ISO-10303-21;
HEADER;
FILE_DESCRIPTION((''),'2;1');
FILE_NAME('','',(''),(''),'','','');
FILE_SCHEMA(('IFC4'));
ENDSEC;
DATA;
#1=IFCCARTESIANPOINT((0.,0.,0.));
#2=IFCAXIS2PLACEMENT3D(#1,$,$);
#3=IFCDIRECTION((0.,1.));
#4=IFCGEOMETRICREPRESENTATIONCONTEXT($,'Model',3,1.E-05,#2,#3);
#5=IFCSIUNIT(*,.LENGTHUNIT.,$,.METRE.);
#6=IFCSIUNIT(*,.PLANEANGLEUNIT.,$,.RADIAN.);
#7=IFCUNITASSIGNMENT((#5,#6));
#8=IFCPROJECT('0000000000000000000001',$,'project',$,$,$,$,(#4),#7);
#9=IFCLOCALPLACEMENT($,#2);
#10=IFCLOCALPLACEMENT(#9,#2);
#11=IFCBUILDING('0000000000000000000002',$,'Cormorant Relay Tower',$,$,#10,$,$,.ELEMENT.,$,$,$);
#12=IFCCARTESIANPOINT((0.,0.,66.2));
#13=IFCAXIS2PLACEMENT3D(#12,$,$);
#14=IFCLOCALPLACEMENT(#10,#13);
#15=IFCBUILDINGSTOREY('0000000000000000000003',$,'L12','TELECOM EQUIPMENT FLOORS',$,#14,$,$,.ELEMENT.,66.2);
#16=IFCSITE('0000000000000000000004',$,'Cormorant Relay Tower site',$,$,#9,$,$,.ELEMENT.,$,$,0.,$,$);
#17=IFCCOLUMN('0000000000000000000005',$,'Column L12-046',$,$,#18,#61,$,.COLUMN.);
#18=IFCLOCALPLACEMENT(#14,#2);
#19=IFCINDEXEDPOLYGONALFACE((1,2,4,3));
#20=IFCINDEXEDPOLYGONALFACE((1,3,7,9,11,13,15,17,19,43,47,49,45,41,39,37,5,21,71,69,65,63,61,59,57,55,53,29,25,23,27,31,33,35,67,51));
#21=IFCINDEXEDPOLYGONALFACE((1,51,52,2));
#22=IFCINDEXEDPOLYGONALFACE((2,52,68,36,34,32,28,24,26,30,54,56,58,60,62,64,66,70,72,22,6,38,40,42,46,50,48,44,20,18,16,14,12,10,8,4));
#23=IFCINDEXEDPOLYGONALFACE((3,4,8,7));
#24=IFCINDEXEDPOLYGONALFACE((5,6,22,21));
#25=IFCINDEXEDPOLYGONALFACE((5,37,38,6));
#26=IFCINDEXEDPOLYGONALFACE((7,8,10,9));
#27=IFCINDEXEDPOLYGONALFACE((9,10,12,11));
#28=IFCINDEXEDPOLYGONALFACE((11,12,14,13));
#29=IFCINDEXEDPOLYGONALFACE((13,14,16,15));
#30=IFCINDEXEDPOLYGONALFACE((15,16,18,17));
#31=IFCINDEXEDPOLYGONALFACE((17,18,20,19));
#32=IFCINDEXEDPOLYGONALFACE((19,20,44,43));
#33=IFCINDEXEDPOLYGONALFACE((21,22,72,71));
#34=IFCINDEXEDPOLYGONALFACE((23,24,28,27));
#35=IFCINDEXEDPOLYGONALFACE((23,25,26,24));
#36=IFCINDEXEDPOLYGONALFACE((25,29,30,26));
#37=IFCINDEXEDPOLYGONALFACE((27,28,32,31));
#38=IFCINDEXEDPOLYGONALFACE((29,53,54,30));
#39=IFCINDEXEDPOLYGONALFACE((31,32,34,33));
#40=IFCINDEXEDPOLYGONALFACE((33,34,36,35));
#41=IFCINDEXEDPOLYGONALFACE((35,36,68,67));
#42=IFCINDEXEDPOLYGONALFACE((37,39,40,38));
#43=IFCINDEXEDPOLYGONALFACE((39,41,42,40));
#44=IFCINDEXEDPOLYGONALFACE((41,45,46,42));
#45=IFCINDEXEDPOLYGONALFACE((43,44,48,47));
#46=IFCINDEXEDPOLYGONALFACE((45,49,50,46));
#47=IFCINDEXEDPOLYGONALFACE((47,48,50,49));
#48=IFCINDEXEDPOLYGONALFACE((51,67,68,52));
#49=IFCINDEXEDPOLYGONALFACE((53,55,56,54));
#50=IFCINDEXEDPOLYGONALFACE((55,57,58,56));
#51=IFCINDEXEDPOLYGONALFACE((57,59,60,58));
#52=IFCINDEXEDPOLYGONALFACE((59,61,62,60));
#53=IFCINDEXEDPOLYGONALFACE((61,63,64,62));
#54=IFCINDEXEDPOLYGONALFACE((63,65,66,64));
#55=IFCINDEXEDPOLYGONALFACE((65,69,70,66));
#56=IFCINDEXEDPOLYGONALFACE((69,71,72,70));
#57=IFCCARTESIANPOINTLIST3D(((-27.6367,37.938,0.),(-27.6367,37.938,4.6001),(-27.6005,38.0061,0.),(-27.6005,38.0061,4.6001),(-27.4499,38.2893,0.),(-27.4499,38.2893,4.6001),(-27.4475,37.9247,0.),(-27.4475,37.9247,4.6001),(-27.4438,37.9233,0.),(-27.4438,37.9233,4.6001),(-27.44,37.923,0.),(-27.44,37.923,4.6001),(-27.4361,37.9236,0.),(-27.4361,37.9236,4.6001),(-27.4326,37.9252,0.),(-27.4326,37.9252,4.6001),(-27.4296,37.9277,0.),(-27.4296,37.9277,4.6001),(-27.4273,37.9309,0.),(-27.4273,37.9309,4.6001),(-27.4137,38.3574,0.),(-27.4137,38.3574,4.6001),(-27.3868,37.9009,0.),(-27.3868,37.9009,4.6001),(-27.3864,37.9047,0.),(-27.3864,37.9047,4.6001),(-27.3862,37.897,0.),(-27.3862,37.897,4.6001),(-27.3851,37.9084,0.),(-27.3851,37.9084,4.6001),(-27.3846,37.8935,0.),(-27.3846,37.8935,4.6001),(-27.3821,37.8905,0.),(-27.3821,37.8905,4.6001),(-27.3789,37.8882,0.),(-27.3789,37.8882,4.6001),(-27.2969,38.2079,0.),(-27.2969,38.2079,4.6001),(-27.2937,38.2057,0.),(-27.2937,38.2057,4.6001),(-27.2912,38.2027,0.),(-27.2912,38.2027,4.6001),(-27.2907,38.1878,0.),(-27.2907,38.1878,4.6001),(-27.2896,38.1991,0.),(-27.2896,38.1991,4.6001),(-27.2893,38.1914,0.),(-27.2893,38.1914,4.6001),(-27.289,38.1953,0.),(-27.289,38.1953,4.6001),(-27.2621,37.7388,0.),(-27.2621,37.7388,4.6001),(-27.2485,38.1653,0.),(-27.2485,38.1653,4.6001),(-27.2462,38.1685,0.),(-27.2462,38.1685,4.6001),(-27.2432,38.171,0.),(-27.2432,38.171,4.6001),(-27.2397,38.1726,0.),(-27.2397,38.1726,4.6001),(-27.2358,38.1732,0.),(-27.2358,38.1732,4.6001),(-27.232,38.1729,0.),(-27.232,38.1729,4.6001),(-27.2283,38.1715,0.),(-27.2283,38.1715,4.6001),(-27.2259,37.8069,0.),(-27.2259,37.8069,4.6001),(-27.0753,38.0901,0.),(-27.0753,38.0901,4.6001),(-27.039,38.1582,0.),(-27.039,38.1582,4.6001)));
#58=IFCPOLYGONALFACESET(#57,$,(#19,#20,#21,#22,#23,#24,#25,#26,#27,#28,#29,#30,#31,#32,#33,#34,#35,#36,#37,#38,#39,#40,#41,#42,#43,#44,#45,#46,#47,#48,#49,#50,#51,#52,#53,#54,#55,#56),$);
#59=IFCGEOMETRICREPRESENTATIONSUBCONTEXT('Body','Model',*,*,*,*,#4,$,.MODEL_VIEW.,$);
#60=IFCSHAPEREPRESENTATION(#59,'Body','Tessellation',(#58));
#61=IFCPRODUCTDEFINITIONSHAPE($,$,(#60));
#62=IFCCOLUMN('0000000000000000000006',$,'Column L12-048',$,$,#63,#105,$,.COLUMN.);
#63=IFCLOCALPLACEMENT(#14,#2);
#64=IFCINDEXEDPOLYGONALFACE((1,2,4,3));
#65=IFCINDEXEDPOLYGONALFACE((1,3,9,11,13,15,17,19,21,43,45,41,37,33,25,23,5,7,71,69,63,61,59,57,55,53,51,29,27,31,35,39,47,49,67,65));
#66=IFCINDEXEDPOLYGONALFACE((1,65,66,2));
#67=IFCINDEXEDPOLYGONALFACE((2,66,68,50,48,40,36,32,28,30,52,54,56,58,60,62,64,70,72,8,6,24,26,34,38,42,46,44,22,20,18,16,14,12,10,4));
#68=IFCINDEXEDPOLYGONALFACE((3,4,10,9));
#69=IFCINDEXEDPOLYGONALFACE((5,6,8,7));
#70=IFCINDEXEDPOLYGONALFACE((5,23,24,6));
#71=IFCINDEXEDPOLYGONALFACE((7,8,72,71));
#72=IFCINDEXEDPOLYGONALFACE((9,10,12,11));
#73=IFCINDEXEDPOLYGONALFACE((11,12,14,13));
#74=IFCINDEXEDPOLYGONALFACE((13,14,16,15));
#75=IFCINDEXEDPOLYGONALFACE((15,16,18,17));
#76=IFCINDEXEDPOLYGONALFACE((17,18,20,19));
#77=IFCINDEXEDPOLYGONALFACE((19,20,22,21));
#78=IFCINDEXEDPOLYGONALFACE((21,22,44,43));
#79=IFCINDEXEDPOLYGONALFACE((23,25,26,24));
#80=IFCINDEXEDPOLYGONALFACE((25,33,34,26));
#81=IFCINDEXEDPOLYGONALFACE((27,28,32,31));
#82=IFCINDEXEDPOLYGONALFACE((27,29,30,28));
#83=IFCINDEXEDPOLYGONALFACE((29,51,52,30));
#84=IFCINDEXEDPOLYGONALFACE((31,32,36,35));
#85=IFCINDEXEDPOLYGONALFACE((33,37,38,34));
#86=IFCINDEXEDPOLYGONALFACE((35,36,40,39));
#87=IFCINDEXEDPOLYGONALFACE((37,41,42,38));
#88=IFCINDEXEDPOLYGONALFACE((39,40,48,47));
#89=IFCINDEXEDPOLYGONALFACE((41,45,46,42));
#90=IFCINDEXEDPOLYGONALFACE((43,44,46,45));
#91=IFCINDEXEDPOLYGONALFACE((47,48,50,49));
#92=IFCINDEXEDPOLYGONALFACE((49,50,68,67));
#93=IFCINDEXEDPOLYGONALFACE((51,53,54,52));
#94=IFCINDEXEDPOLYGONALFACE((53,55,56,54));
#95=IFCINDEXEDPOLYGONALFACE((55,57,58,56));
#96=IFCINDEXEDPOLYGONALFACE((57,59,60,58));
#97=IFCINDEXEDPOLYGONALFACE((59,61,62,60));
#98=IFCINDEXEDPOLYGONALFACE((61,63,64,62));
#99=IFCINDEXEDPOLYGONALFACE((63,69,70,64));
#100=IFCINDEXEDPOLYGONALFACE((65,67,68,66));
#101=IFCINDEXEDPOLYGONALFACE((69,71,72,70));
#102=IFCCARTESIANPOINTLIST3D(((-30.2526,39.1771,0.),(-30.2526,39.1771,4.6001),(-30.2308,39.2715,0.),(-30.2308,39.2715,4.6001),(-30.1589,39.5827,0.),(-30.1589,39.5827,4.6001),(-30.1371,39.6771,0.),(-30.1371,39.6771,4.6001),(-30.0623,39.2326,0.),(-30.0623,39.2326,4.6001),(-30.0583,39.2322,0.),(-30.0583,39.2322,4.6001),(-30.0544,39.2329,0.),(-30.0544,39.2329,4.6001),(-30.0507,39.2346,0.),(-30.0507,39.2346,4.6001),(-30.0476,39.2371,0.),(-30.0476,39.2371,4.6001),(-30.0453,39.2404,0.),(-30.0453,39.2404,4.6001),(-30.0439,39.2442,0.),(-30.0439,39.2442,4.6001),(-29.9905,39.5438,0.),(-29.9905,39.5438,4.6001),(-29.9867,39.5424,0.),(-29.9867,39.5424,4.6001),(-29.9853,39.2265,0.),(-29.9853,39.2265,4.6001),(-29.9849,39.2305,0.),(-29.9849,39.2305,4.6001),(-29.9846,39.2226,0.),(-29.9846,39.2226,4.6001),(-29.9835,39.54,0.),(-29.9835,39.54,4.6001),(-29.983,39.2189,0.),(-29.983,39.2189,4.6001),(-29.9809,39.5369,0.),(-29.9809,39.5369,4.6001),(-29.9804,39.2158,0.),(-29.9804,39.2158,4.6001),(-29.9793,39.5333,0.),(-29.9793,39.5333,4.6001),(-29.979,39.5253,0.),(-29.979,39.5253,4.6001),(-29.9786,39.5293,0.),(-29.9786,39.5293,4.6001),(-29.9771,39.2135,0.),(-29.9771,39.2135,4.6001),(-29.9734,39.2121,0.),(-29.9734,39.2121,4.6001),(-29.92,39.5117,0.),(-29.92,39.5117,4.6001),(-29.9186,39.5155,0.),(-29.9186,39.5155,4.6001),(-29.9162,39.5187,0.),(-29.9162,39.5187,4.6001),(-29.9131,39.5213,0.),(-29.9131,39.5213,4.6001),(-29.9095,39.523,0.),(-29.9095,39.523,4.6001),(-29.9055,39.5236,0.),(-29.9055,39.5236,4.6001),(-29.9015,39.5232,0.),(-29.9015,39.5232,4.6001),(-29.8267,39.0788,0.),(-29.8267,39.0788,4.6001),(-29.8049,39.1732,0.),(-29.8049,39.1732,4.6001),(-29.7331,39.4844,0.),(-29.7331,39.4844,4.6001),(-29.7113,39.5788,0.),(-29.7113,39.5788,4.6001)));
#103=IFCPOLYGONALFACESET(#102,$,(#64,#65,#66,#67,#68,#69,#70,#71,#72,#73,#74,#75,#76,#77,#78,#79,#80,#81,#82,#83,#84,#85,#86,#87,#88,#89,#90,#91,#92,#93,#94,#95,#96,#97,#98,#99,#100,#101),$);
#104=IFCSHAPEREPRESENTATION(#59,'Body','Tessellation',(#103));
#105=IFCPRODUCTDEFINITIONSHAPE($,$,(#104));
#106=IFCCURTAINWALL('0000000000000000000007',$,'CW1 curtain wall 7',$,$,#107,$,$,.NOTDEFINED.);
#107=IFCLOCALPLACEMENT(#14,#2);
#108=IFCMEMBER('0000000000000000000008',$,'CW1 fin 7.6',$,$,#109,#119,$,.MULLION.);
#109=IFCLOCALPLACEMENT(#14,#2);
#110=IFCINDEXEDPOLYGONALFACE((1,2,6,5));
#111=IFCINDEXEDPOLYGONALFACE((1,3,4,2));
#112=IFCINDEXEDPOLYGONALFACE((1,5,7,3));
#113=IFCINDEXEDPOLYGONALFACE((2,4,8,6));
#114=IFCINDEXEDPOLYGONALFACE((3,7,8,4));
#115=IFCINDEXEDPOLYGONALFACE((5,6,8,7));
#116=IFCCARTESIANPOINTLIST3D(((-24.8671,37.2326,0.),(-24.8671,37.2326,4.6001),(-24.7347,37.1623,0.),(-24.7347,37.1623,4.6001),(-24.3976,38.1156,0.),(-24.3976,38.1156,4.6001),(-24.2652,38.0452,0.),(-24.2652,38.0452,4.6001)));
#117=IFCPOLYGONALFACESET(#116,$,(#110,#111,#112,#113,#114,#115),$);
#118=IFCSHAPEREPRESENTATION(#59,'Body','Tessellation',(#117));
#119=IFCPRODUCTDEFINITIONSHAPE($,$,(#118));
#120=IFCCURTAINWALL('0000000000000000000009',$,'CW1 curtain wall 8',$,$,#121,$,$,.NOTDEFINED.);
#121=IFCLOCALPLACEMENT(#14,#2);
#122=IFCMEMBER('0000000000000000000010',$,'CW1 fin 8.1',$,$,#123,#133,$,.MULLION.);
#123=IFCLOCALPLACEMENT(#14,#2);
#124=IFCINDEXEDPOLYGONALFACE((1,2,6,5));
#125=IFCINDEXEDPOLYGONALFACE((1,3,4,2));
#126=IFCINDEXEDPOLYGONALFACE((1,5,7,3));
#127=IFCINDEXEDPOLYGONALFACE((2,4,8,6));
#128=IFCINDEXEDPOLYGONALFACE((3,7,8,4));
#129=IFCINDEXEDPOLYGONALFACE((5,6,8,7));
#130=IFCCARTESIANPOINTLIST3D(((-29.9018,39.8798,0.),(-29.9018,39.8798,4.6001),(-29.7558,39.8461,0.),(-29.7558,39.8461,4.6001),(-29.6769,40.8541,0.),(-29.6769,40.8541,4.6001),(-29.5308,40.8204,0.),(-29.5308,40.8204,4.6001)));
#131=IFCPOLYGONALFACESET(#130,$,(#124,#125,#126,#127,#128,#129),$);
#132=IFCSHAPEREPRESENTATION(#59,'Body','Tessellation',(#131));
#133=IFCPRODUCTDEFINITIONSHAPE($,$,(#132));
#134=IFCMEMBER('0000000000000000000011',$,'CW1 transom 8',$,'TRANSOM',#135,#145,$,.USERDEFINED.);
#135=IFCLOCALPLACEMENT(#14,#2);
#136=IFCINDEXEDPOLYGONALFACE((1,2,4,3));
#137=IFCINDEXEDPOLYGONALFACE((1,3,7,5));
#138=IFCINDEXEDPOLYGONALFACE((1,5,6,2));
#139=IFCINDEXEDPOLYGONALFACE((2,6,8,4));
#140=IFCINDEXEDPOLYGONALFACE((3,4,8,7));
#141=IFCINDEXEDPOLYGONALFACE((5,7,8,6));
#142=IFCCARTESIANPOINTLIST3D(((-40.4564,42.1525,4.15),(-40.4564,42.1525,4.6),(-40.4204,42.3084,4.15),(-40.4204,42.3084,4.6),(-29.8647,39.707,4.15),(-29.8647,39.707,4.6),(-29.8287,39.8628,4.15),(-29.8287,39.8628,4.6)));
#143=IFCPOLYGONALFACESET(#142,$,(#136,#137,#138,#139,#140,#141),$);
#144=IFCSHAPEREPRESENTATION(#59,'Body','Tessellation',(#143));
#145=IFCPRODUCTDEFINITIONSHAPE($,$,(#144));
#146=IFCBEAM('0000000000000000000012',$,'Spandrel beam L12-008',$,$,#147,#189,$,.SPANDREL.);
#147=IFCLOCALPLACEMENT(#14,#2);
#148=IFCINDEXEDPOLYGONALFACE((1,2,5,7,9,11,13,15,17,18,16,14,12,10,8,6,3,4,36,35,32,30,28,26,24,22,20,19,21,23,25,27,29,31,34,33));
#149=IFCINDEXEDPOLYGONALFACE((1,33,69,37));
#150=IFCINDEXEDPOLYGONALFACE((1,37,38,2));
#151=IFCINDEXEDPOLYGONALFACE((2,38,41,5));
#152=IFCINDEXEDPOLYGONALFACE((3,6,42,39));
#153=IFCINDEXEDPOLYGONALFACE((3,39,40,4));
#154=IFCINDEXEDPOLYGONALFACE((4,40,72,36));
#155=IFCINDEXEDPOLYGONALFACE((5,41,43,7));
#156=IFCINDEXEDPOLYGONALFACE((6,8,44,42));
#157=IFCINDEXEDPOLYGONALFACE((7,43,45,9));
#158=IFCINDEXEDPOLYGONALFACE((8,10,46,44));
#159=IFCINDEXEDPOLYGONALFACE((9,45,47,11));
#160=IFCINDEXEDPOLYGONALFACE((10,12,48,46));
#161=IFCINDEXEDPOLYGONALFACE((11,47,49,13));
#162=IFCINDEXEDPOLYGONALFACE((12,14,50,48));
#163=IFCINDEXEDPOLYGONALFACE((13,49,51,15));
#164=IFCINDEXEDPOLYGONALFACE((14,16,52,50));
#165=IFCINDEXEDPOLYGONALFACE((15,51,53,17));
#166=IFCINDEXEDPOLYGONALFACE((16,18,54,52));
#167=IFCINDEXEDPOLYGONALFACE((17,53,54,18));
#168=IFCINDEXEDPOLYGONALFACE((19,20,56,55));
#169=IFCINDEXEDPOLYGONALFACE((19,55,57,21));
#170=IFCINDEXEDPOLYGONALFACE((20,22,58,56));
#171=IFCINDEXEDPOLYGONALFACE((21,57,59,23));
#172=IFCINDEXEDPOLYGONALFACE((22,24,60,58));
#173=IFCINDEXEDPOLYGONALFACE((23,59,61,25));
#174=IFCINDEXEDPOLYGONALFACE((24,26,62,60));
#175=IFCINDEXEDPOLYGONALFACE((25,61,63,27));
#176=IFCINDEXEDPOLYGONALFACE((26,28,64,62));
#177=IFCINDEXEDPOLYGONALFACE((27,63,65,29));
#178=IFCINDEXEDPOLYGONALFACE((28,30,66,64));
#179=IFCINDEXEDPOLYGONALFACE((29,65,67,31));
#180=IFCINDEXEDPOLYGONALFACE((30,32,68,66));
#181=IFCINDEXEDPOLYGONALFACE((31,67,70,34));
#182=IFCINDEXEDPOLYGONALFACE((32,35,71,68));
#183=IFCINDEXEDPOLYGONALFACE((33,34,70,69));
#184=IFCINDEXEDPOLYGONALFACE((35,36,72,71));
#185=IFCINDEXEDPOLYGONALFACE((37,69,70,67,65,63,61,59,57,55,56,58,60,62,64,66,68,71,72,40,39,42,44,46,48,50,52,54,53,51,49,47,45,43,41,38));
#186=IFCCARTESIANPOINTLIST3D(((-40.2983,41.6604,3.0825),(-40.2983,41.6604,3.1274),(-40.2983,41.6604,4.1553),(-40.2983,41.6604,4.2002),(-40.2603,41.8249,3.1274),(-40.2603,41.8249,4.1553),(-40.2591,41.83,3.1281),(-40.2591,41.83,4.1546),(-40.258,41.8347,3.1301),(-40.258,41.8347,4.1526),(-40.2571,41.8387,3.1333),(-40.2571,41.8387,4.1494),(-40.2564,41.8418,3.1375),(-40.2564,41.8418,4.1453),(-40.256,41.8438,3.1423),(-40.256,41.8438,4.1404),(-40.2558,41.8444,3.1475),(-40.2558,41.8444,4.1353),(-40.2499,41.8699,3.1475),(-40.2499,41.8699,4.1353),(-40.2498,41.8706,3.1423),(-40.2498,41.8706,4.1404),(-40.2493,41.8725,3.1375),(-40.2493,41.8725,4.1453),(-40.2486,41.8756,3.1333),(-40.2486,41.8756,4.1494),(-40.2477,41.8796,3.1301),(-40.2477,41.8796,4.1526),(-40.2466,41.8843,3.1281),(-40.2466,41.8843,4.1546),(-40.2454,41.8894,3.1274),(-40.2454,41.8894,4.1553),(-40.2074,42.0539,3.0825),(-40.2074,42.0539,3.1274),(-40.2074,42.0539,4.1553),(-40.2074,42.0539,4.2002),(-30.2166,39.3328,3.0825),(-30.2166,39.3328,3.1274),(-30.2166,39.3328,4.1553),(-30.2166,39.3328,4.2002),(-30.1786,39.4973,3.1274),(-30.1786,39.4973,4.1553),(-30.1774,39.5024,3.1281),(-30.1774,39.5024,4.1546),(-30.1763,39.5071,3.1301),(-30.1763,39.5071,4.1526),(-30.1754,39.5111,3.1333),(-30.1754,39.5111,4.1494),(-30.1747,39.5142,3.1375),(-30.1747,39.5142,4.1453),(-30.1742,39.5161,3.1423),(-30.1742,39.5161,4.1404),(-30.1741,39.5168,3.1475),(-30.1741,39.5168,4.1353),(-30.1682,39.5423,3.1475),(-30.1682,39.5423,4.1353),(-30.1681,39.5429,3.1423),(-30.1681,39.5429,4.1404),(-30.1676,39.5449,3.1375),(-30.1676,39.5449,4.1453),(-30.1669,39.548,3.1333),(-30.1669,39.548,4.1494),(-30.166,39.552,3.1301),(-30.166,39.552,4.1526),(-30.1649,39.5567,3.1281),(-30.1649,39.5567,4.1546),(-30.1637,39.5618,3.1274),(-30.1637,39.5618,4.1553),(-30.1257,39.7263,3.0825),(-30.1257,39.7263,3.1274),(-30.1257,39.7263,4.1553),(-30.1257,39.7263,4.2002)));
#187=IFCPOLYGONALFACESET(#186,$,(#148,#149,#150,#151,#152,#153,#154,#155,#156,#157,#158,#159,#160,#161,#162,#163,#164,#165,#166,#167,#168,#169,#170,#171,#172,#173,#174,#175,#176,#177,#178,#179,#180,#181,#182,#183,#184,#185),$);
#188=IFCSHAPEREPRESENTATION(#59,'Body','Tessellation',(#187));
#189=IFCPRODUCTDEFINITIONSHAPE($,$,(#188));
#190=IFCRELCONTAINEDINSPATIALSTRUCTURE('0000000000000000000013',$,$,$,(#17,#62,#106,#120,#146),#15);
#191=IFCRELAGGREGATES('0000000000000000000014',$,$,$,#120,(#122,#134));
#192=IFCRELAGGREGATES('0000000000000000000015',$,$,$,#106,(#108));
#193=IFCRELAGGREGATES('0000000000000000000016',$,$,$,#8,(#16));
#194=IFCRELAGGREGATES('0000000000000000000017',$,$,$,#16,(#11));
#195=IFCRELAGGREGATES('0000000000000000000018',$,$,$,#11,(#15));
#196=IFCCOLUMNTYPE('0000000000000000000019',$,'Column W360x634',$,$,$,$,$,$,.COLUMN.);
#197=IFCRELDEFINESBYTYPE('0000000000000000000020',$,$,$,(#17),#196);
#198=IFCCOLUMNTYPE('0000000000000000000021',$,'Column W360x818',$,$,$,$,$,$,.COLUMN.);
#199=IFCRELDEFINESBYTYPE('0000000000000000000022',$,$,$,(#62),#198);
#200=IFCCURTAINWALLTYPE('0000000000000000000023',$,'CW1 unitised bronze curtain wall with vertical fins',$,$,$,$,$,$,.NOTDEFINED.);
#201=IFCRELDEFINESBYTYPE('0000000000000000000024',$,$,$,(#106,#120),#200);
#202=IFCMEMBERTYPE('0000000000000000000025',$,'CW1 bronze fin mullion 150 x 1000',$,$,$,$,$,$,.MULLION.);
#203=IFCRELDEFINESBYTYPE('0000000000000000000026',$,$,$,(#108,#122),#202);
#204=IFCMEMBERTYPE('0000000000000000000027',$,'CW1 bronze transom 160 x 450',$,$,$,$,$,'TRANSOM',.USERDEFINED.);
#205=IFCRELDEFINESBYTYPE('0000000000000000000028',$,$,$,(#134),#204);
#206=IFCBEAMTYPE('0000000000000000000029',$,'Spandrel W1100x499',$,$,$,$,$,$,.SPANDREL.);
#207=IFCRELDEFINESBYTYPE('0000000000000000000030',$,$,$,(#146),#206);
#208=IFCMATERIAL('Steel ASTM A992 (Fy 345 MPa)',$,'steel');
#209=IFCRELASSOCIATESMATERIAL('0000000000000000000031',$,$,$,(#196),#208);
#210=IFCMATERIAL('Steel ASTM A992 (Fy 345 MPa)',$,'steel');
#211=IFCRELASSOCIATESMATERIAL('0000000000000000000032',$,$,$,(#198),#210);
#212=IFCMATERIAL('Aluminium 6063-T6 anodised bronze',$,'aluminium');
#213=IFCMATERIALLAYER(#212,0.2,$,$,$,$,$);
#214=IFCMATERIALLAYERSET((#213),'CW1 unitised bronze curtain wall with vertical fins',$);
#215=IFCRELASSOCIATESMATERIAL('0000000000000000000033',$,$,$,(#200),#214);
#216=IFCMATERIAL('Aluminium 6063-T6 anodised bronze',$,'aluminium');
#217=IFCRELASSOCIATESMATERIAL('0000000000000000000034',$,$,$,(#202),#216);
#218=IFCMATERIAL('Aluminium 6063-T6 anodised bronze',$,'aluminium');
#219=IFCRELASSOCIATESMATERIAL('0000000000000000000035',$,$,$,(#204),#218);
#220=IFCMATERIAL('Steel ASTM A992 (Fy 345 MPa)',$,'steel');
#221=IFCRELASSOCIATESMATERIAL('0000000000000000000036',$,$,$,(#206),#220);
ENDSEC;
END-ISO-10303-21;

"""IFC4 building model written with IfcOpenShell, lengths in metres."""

from ifc_helpers import new_model, si_unit, direction, frame, origin, origin_2d, place, context, subcontext, project, spatial, rectangle, i_section, extrude, material, layer, layer_set, material_profile, profile_set, type_object, element, aggregate, save


model = new_model("IFC4")

# Units and contexts
model_context = context("Model", 3, precision=1e-05, world=origin(), true_north=direction((0.0, 1.0)))
body_context = subcontext(model_context, "Body", "Model", "MODEL_VIEW")
ifc_project = project(units=[si_unit("LENGTHUNIT", "METRE"), si_unit("PLANEANGLEUNIT", "RADIAN")], contexts=[model_context])

# Site, building, storey
site_placement = place(None, origin())
site = spatial("IfcSite", under=ifc_project, at=site_placement, Name="Cormorant Relay Tower site", CompositionType="ELEMENT", RefElevation=0.0)
building_placement = place(site_placement, origin())
building = spatial("IfcBuilding", under=site, at=building_placement, Name="Cormorant Relay Tower", CompositionType="ELEMENT")
storey_placement = place(building_placement, frame((0.0, 0.0, 66.2)))
storey = spatial("IfcBuildingStorey", under=building, at=storey_placement, Name="L12", Description="TELECOM EQUIPMENT FLOORS", CompositionType="ELEMENT", Elevation=66.2)

# Columns
ifc_material_1 = material(Name="Steel ASTM A992 (Fy 345 MPa)", Category="steel")
ifc_material_profile_1 = material_profile(ifc_material_1, i_section(OverallWidth=0.4243, OverallDepth=0.4751, WebThickness=0.0479, FlangeThickness=0.0771, FilletRadius=0.0149, at=origin_2d()), Name="W360x634")
ifc_profile_set_1 = profile_set([ifc_material_profile_1], Name="Steel ASTM A992 (Fy 345 MPa)")
column_type_1 = type_object("IfcColumnType", Name="Column W360x634", PredefinedType="COLUMN", material=ifc_profile_set_1)
column_1_placement = place(storey_placement, frame((-27.3379, 38.0481, 0.0), z_axis=(0.0, 0.0, 1.0), x_axis=(-0.882948, 0.469472, 0.0)))
element("IfcColumn", 1, at=column_1_placement, inside=storey, type_object=column_type_1, Name="Column L12-046", PredefinedType="COLUMN", context=body_context, shape_type="SweptSolid", body=[
    extrude(i_section(OverallWidth=0.4243, OverallDepth=0.4751, WebThickness=0.0479, FlangeThickness=0.0771, FilletRadius=0.0149, at=origin_2d()), origin(), (0.0, 0.0, 1.0), 4.6001),
])
ifc_material_2 = material(Name="Steel ASTM A992 (Fy 345 MPa)", Category="steel")
ifc_material_profile_2 = material_profile(ifc_material_2, i_section(OverallWidth=0.437, OverallDepth=0.5132, WebThickness=0.0605, FlangeThickness=0.0969, FilletRadius=0.0154, at=origin_2d()), Name="W360x818")
ifc_profile_set_2 = profile_set([ifc_material_profile_2], Name="Steel ASTM A992 (Fy 345 MPa)")
column_type_2 = type_object("IfcColumnType", Name="Column W360x818", PredefinedType="COLUMN", material=ifc_profile_set_2)
column_2_placement = place(storey_placement, frame((-29.9819, 39.3779, 0.0), z_axis=(0.0, 0.0, 1.0), x_axis=(-0.97437, 0.224951, 0.0)))
element("IfcColumn", 2, at=column_2_placement, inside=storey, type_object=column_type_2, Name="Column L12-048", PredefinedType="COLUMN", context=body_context, shape_type="SweptSolid", body=[
    extrude(i_section(OverallWidth=0.437, OverallDepth=0.5132, WebThickness=0.0605, FlangeThickness=0.0969, FilletRadius=0.0154, at=origin_2d()), origin(), (0.0, 0.0, 1.0), 4.6001),
])

# Curtain wall, member
ifc_material_3 = material(Name="Aluminium 6063-T6 anodised bronze", Category="aluminium")
ifc_layer_1 = layer(ifc_material_3, 0.2)
ifc_layer_set_1 = layer_set([ifc_layer_1], Name="CW1 unitised bronze curtain wall with vertical fins")
curtain_wall_type = type_object("IfcCurtainWallType", Name="CW1 unitised bronze curtain wall with vertical fins", PredefinedType="NOTDEFINED", material=ifc_layer_set_1)
curtain_wall_1_placement = place(storey_placement, origin())
curtain_wall_1 = element("IfcCurtainWall", 3, at=curtain_wall_1_placement, inside=storey, type_object=curtain_wall_type, Name="CW1 curtain wall 7", PredefinedType="NOTDEFINED")
ifc_material_4 = material(Name="Aluminium 6063-T6 anodised bronze", Category="aluminium")
ifc_material_profile_3 = material_profile(ifc_material_4, rectangle(XDim=0.1499, YDim=1.0, at=origin_2d()), Name="AL 150x1000")
ifc_profile_set_3 = profile_set([ifc_material_profile_3], Name="Aluminium 6063-T6 anodised bronze")
member_type_1 = type_object("IfcMemberType", Name="CW1 bronze fin mullion 150 x 1000", PredefinedType="MULLION", material=ifc_profile_set_3)
member_1_placement = place(storey_placement, frame((-24.5662, 37.6389, 0.0), z_axis=(0.0, 0.0, 1.0), x_axis=(-0.882948, 0.469472, 0.0)))
member_1 = element("IfcMember", 4, at=member_1_placement, type_object=member_type_1, Name="CW1 fin 7.6", PredefinedType="MULLION", context=body_context, shape_type="SweptSolid", body=[
    extrude(rectangle(XDim=0.1499, YDim=1.0, at=origin_2d()), origin(), (0.0, 0.0, 1.0), 4.6001),
])

# Curtain wall, members
curtain_wall_2_placement = place(storey_placement, origin())
curtain_wall_2 = element("IfcCurtainWall", 5, at=curtain_wall_2_placement, inside=storey, type_object=curtain_wall_type, Name="CW1 curtain wall 8", PredefinedType="NOTDEFINED")
member_2_placement = place(storey_placement, frame((-29.7163, 40.3501, 0.0), z_axis=(0.0, 0.0, 1.0), x_axis=(-0.97437, 0.224951, 0.0)))
member_2 = element("IfcMember", 6, at=member_2_placement, type_object=member_type_1, Name="CW1 fin 8.1", PredefinedType="MULLION", context=body_context, shape_type="SweptSolid", body=[
    extrude(rectangle(XDim=0.1499, YDim=1.0, at=origin_2d()), origin(), (0.0, 0.0, 1.0), 4.6001),
])
ifc_material_5 = material(Name="Aluminium 6063-T6 anodised bronze", Category="aluminium")
ifc_material_profile_4 = material_profile(ifc_material_5, rectangle(XDim=0.1599, YDim=0.45, at=origin_2d()), Name="AL 160x450")
ifc_profile_set_4 = profile_set([ifc_material_profile_4], Name="Aluminium 6063-T6 anodised bronze")
member_type_2 = type_object("IfcMemberType", Name="CW1 bronze transom 160 x 450", ElementType="TRANSOM", PredefinedType="USERDEFINED", material=ifc_profile_set_4)
member_3_placement = place(storey_placement, frame((-29.8467, 39.7849, 4.375), z_axis=(-0.974365, 0.224973, 0.0), x_axis=(-0.224973, -0.974365, 0.0)))
member_3 = element("IfcMember", 7, at=member_3_placement, type_object=member_type_2, Name="CW1 transom 8", ObjectType="TRANSOM", PredefinedType="USERDEFINED", context=body_context, shape_type="SweptSolid", body=[
    extrude(rectangle(XDim=0.1599, YDim=0.45, at=origin_2d()), origin(), (0.0, 0.0, 1.0), 10.8704),
])
aggregate(curtain_wall_2, [member_2, member_3])

# Beam
ifc_material_6 = material(Name="Steel ASTM A992 (Fy 345 MPa)", Category="steel")
ifc_material_profile_5 = material_profile(ifc_material_6, i_section(OverallWidth=0.4038, OverallDepth=1.1177, WebThickness=0.0261, FlangeThickness=0.0449, FilletRadius=0.02, at=origin_2d()), Name="W1100x499")
ifc_profile_set_5 = profile_set([ifc_material_profile_5], Name="Steel ASTM A992 (Fy 345 MPa)")
beam_type = type_object("IfcBeamType", Name="Spandrel W1100x499", PredefinedType="SPANDREL", material=ifc_profile_set_5)
beam_placement = place(storey_placement, frame((-30.1711, 39.5295, 3.6414), z_axis=(-0.974369, 0.224958, 0.0), x_axis=(-0.224958, -0.974369, 0.0)))
element("IfcBeam", 8, at=beam_placement, inside=storey, type_object=beam_type, Name="Spandrel beam L12-008", PredefinedType="SPANDREL", context=body_context, shape_type="SweptSolid", body=[
    extrude(i_section(OverallWidth=0.4038, OverallDepth=1.1177, WebThickness=0.0261, FlangeThickness=0.0449, FilletRadius=0.02, at=origin_2d()), origin(), (0.0, 0.0, 1.0), 10.3469),
])

aggregate(curtain_wall_1, [member_1])

save(model, "model.ifc")
